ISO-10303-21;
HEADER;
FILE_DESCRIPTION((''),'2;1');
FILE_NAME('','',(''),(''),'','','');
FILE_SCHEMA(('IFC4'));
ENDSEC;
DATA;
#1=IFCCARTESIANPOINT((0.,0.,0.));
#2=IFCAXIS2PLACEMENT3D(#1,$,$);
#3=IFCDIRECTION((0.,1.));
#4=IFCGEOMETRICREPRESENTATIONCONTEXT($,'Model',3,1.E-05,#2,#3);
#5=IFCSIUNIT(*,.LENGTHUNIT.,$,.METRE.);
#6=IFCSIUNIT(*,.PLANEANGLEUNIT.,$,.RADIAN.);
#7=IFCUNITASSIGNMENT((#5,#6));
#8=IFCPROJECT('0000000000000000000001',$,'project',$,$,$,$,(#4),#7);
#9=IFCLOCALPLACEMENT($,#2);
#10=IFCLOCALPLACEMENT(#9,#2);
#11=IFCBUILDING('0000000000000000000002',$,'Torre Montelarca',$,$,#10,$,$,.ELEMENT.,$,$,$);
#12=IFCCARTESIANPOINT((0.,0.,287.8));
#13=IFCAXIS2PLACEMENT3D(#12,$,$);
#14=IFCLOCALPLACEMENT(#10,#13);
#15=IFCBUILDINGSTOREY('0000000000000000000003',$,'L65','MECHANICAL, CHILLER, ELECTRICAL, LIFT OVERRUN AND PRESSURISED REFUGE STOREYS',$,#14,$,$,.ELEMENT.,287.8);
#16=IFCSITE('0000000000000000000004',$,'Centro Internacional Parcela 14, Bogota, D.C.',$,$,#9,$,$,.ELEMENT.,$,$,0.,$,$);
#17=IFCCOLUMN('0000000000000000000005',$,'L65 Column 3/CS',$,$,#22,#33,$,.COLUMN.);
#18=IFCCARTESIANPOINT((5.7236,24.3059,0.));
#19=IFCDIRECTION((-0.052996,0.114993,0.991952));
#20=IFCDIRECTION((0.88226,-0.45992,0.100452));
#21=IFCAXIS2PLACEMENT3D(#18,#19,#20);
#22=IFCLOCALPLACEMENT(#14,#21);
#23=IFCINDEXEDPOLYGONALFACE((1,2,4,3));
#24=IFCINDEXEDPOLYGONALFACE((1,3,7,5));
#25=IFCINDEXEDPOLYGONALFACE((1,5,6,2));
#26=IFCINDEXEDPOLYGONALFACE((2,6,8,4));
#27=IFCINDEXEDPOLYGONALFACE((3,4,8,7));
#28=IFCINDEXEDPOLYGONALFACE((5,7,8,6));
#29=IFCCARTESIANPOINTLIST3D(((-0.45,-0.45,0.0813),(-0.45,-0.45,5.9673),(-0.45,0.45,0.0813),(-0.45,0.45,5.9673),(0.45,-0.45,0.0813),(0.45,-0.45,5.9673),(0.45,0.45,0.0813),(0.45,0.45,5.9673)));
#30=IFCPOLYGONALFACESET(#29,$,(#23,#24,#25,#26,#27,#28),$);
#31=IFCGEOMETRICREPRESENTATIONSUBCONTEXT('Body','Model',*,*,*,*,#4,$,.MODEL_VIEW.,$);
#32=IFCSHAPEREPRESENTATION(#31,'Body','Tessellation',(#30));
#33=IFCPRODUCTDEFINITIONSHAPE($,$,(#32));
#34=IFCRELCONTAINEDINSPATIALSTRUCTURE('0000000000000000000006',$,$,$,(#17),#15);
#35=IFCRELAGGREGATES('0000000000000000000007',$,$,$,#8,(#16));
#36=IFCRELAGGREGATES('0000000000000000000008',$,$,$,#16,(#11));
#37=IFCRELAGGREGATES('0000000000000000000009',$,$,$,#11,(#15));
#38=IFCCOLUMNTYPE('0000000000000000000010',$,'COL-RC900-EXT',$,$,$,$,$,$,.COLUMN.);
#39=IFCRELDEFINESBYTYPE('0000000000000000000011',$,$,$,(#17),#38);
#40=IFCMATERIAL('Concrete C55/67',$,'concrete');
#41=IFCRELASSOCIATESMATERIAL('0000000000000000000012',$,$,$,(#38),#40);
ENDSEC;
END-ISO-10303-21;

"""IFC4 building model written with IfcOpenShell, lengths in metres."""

from ifc_helpers import new_model, si_unit, direction, frame, origin, origin_2d, place, context, subcontext, project, spatial, rectangle, extrude, clip, halfspace, material, material_profile, profile_set, type_object, element, save


model = new_model("IFC4")

# Units and contexts
model_context = context("Model", 3, precision=1e-05, world=origin(), true_north=direction((0.0, 1.0)))
body_context = subcontext(model_context, "Body", "Model", "MODEL_VIEW")
ifc_project = project(units=[si_unit("LENGTHUNIT", "METRE"), si_unit("PLANEANGLEUNIT", "RADIAN")], contexts=[model_context])

# Site, building, storey
site_placement = place(None, origin())
site = spatial("IfcSite", under=ifc_project, at=site_placement, Name="Centro Internacional Parcela 14, Bogota, D.C.", CompositionType="ELEMENT", RefElevation=0.0)
building_placement = place(site_placement, origin())
building = spatial("IfcBuilding", under=site, at=building_placement, Name="Torre Montelarca", CompositionType="ELEMENT")
storey_placement = place(building_placement, frame((0.0, 0.0, 287.8)))
storey = spatial("IfcBuildingStorey", under=building, at=storey_placement, Name="L65", Description="MECHANICAL, CHILLER, ELECTRICAL, LIFT OVERRUN AND PRESSURISED REFUGE STOREYS", CompositionType="ELEMENT", Elevation=287.8)

# Column
ifc_material_1 = material(Name="Concrete C55/67", Category="concrete")
ifc_material_profile_1 = material_profile(ifc_material_1, rectangle(XDim=0.8999, YDim=0.8999, at=origin_2d()), Name="RC900X900", Category="concrete")
ifc_profile_set_1 = profile_set([ifc_material_profile_1], Name="Concrete C55/67")
column_type_1 = type_object("IfcColumnType", Name="COL-RC900-EXT", PredefinedType="COLUMN", material=ifc_profile_set_1)
column_1_placement = place(storey_placement, frame((5.7236, 24.3059, 0.0), z_axis=(-0.052996, 0.114993, 0.991952), x_axis=(0.88226, -0.45992, 0.100452)))
element("IfcColumn", 1, at=column_1_placement, inside=storey, type_object=column_type_1, Name="L65 Column 3/CS", PredefinedType="COLUMN", context=body_context, shape_type="Clipping", body=[
    clip(clip(extrude(rectangle(XDim=0.8999, YDim=0.8999, at=origin_2d()), origin(), (0.0, 0.0, 1.0), 6.0486), halfspace(frame((0.0, 0.0, 0.0813), z_axis=(0.0, 0.0, -1.0), x_axis=(1.0, 0.0, 0.0)), False)), halfspace(frame((0.0, 0.0, 5.9673), z_axis=(0.0, 0.0, 1.0), x_axis=(1.0, 0.0, 0.0)), False)),
])

save(model, "model.ifc")
